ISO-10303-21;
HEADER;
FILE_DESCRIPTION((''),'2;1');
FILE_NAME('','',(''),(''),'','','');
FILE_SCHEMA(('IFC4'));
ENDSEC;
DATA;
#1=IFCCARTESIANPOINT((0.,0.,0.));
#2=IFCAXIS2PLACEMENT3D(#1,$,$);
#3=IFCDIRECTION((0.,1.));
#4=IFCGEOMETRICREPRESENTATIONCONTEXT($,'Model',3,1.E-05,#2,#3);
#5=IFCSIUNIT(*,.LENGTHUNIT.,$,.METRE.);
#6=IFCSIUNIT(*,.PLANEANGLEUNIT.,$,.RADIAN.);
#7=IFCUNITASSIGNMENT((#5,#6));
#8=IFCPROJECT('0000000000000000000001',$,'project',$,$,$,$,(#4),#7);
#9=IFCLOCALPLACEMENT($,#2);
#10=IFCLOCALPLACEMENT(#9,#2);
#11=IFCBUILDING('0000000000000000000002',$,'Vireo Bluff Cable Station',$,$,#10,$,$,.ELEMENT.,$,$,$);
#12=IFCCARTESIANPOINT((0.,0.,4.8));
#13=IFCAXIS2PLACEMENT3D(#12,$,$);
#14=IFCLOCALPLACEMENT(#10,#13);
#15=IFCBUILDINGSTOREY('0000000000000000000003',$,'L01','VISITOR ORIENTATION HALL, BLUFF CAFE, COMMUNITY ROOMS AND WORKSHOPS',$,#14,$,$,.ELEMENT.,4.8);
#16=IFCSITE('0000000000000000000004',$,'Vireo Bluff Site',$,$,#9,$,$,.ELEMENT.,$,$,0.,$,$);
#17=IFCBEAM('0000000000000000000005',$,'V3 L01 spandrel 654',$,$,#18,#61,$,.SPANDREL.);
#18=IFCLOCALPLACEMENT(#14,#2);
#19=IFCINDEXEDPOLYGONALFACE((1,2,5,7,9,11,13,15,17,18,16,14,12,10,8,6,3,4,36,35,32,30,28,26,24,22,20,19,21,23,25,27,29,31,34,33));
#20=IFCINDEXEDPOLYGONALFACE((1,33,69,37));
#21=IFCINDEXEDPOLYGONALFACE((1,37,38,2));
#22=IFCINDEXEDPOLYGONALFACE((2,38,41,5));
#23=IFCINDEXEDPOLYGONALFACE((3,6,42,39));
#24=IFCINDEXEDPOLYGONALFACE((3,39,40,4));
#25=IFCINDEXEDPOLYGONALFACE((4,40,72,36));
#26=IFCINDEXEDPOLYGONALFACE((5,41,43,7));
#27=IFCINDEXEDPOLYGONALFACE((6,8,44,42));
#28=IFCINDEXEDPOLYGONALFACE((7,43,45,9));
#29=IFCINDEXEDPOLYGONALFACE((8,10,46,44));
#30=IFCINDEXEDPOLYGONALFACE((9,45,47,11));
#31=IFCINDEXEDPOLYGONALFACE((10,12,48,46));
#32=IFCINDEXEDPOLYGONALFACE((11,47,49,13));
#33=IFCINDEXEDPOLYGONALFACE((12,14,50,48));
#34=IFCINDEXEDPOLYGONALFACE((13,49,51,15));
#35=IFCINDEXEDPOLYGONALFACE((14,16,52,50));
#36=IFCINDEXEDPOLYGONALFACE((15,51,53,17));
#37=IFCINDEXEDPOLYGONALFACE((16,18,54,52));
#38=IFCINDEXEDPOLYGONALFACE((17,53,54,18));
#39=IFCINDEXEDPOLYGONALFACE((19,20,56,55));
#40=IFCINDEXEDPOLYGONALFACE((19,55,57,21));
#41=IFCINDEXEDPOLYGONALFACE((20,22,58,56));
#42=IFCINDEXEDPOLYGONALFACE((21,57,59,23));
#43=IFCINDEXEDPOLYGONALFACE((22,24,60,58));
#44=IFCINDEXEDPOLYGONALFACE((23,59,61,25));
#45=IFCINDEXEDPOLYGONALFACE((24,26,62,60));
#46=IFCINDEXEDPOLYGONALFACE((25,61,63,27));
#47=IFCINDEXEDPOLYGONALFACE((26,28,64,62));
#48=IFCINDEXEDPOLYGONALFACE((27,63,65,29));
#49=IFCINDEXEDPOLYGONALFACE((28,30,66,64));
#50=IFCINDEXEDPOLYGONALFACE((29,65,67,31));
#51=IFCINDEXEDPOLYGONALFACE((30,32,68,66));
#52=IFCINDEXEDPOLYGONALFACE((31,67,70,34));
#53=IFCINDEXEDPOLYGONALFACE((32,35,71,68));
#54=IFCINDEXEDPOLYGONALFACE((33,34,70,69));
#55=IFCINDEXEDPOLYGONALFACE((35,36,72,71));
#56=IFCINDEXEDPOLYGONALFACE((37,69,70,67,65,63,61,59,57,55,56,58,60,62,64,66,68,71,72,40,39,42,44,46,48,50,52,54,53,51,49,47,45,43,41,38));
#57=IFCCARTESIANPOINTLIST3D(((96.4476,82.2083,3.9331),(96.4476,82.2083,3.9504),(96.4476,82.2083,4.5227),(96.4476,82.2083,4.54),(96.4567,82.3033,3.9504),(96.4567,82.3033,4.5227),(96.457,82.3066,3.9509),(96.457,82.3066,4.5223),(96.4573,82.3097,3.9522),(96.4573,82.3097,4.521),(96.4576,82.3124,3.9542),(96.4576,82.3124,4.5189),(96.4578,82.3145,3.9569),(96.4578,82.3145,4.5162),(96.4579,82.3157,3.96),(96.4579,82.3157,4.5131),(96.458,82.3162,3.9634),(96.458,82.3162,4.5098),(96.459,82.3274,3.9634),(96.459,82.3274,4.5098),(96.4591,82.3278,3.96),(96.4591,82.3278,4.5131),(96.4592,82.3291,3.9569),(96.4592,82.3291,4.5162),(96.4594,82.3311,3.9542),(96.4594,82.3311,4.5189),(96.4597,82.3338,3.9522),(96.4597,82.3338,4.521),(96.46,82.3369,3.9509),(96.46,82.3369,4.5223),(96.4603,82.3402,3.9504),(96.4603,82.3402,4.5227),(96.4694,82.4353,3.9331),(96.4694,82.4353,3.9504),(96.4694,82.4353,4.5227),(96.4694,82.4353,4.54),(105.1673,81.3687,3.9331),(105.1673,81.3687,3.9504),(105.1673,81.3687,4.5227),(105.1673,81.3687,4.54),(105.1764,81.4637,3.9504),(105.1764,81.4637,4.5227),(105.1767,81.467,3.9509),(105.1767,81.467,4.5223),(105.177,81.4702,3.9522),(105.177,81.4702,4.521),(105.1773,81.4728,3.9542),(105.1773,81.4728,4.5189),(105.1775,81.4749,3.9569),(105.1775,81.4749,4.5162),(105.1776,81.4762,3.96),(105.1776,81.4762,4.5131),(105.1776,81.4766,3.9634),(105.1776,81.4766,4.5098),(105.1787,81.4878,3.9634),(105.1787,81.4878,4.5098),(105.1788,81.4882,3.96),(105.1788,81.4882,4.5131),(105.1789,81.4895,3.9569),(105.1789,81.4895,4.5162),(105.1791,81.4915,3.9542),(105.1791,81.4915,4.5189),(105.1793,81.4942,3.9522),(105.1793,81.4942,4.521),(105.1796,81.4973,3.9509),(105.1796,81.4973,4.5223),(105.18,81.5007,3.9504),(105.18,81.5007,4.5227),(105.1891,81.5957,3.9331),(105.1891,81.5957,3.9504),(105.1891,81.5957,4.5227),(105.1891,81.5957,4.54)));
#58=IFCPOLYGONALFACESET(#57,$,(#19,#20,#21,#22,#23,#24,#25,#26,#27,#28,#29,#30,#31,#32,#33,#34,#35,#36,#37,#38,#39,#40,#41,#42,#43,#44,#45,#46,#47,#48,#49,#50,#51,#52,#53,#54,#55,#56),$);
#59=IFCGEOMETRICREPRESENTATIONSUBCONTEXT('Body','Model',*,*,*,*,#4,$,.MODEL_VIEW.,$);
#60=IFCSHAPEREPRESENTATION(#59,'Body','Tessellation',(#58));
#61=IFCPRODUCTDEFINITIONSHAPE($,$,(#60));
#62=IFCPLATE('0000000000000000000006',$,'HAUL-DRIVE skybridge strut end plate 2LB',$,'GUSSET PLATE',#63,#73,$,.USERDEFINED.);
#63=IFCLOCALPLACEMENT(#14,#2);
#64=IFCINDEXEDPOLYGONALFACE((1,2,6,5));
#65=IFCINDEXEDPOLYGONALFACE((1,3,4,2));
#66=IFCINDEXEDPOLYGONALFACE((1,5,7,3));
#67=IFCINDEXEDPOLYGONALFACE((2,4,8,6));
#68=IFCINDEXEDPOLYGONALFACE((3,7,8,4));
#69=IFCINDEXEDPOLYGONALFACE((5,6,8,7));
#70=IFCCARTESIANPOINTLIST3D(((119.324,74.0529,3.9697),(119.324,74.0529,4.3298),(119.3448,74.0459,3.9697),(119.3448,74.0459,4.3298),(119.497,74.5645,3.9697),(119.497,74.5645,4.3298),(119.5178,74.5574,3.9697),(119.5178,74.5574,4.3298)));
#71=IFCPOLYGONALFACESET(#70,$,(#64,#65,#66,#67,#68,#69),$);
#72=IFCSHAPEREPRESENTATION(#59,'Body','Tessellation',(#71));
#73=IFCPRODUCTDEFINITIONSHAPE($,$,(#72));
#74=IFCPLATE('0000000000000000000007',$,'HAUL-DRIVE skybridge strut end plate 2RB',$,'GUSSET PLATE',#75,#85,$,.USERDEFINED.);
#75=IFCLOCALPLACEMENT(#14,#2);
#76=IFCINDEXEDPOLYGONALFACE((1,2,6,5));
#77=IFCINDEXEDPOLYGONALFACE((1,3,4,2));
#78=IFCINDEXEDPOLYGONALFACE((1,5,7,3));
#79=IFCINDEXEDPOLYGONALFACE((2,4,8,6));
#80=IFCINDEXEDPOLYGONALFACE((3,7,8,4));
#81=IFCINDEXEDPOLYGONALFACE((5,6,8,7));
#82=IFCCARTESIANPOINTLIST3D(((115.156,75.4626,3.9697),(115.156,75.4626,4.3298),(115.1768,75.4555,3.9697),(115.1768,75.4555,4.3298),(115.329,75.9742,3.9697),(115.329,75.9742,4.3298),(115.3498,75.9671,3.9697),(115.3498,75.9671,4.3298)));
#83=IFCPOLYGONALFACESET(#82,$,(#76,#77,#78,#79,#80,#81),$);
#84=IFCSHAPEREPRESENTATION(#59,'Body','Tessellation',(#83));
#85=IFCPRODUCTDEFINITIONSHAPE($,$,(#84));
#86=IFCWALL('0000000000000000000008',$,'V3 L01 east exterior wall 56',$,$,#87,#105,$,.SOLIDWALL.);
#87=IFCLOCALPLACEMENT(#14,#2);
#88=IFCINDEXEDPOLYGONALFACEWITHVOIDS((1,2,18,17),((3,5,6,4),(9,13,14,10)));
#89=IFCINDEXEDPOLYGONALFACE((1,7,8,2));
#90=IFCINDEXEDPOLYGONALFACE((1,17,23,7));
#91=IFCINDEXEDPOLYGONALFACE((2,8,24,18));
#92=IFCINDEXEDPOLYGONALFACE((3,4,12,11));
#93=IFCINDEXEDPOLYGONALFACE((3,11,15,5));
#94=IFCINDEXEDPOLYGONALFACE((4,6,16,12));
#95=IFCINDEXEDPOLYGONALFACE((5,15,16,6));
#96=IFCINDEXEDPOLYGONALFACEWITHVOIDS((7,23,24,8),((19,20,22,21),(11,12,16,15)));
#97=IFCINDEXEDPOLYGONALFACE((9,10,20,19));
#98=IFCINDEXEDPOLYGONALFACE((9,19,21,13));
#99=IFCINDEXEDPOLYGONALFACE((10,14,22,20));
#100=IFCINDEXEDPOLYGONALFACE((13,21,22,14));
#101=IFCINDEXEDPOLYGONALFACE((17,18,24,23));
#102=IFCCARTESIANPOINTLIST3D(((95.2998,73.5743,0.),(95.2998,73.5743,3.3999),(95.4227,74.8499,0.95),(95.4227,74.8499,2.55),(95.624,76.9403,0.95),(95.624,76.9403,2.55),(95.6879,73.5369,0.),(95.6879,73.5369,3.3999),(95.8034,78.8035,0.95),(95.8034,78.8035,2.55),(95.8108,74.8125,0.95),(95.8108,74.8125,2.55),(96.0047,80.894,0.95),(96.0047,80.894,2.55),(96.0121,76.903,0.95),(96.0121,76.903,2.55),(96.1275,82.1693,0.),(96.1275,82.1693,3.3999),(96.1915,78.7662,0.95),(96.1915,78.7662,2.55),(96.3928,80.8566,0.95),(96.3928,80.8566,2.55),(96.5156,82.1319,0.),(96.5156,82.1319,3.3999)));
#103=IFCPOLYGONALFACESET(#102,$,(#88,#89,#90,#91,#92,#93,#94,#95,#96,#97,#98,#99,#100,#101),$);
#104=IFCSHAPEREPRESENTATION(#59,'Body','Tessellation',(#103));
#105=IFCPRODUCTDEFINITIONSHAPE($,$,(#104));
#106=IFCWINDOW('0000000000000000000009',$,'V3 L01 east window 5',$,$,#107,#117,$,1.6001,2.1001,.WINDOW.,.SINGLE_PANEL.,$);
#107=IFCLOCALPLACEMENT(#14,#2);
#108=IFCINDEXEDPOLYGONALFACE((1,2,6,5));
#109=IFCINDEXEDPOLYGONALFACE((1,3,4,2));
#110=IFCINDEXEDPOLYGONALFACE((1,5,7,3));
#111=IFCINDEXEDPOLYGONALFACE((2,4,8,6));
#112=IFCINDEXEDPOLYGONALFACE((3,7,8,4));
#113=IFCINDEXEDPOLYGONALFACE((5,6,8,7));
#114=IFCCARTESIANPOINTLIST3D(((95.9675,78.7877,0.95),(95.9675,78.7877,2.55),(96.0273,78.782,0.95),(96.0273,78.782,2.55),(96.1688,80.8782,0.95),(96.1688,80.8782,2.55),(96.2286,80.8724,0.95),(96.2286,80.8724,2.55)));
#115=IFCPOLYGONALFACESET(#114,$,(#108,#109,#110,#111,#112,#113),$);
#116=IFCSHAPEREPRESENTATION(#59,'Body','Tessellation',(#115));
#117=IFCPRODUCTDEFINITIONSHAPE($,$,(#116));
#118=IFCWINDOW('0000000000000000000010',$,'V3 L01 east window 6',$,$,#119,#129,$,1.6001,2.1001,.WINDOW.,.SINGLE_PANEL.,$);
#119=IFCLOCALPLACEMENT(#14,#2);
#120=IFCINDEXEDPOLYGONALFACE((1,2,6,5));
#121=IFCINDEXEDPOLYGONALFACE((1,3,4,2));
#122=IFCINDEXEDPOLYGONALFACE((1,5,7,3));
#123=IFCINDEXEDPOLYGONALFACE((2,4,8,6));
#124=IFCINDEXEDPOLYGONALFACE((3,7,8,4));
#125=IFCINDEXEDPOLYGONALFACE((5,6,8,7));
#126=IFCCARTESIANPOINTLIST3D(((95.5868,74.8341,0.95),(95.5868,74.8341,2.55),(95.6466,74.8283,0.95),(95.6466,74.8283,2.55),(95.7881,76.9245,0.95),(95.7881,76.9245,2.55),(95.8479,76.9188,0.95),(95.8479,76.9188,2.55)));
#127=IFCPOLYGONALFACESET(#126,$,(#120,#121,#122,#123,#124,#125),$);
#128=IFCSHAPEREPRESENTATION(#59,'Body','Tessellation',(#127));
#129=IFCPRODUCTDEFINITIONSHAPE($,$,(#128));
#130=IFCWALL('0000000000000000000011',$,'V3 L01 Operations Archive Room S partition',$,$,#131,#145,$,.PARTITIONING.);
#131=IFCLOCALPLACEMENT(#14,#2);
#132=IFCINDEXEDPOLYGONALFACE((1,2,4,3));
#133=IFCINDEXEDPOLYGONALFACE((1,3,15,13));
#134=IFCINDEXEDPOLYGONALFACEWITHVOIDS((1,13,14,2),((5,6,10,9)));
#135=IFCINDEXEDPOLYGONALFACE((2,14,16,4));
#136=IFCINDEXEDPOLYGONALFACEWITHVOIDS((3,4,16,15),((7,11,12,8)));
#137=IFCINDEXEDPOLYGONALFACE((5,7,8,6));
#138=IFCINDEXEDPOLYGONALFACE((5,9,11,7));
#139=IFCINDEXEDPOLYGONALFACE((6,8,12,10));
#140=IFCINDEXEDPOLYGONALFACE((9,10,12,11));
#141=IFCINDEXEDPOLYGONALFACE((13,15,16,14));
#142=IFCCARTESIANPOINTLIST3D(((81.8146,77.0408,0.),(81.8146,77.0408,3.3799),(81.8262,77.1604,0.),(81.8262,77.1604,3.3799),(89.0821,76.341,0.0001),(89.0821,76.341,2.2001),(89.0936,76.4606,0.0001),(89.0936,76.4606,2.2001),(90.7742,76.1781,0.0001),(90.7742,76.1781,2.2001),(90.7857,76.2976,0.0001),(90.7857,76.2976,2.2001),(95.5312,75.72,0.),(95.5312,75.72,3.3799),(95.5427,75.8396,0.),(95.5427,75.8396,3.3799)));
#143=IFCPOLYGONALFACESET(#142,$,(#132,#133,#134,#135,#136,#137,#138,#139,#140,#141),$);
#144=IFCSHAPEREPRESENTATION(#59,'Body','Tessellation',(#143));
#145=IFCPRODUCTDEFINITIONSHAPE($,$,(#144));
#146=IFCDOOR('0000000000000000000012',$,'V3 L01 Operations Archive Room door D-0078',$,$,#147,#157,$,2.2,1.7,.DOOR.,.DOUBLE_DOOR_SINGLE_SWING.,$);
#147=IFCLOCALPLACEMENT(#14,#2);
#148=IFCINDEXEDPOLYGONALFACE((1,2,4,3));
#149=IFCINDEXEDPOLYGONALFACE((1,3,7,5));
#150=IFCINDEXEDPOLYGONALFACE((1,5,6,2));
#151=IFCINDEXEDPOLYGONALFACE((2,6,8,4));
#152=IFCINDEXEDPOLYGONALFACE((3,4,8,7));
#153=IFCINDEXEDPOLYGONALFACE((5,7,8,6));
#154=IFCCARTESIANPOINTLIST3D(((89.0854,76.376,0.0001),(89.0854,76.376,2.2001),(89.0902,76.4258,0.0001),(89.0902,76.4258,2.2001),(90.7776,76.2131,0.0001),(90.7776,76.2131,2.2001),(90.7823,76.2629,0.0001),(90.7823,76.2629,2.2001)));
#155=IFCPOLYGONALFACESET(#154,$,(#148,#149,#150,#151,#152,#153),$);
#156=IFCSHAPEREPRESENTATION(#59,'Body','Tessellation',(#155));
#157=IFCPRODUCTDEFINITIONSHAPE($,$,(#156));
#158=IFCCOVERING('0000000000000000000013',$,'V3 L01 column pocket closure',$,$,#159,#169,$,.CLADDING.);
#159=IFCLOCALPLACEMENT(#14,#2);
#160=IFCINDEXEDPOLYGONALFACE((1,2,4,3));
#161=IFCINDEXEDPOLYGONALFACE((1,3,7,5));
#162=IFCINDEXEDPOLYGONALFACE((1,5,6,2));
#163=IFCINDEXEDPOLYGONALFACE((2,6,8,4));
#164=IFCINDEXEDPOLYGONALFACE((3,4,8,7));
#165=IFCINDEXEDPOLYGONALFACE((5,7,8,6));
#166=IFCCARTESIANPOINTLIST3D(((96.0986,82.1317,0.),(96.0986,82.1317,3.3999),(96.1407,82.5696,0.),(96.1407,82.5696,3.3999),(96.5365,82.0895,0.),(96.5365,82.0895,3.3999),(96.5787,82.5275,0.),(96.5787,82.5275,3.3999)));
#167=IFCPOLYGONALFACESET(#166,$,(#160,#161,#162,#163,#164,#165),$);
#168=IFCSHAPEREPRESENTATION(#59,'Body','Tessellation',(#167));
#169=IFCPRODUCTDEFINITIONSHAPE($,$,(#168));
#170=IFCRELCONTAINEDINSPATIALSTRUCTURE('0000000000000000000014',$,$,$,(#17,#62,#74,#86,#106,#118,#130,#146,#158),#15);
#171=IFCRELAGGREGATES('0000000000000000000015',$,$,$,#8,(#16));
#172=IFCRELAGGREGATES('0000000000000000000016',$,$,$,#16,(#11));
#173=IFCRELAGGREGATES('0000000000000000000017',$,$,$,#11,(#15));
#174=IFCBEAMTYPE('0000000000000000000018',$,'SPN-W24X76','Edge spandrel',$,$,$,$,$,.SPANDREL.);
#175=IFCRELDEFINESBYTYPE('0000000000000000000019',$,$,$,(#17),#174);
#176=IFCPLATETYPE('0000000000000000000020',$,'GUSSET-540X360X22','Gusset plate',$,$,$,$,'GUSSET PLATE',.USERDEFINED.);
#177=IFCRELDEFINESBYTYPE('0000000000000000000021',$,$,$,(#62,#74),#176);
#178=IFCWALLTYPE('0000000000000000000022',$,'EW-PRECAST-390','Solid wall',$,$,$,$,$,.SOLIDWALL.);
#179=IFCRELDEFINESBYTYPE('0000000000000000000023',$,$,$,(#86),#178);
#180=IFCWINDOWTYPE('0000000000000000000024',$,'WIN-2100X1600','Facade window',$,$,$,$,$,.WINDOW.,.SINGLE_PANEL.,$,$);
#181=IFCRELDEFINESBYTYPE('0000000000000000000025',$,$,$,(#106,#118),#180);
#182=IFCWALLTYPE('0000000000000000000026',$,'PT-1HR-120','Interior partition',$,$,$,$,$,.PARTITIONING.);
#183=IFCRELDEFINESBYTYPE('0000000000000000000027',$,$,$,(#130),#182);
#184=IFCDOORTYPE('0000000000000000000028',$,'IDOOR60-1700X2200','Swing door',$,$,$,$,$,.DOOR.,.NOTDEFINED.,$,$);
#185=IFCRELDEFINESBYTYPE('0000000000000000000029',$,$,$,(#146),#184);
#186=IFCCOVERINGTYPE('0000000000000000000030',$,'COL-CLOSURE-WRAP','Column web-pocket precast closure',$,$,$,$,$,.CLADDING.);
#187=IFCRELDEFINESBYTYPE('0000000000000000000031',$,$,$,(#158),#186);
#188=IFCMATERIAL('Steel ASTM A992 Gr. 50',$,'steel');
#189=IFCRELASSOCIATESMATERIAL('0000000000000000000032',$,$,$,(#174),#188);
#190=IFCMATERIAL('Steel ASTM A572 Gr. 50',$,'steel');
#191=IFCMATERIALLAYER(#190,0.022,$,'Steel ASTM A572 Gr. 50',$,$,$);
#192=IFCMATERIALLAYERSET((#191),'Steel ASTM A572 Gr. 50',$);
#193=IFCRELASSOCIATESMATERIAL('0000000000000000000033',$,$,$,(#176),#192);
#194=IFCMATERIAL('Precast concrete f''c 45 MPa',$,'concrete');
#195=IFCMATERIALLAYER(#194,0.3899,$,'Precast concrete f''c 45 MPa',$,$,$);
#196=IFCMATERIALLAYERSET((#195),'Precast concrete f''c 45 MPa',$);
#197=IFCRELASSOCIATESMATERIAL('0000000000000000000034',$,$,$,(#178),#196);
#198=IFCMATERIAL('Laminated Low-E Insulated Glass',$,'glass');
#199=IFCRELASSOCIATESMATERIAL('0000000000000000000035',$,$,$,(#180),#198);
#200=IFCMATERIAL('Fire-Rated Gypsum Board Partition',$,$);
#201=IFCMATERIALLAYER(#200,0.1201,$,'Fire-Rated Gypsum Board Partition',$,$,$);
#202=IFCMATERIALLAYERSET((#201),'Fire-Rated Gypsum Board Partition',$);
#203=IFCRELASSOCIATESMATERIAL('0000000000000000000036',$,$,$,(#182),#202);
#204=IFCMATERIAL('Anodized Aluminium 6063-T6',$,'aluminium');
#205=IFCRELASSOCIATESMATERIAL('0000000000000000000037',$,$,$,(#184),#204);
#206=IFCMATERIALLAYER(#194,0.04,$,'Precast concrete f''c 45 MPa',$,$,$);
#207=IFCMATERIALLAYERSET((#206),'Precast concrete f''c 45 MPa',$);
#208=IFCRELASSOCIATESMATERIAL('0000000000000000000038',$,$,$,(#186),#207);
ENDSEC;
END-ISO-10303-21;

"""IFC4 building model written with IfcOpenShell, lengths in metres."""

from ifc_helpers import new_model, si_unit, direction, frame, frame_2d, origin, origin_with_axes, origin_2d, place, context, subcontext, project, spatial, rectangle, i_section, extrude, material, layer, layer_set, material_profile, profile_set, type_object, element, fill, save


model = new_model("IFC4")

# Units and contexts
model_context = context("Model", 3, precision=1e-05, world=origin(), true_north=direction((0.0, 1.0)))
body_context = subcontext(model_context, "Body", "Model", "MODEL_VIEW")
ifc_project = project(units=[si_unit("LENGTHUNIT", "METRE"), si_unit("PLANEANGLEUNIT", "RADIAN")], contexts=[model_context])

# Site, building, storey
site_placement = place(None, origin())
site = spatial("IfcSite", under=ifc_project, at=site_placement, Name="Vireo Bluff Site", CompositionType="ELEMENT", RefElevation=0.0)
building_placement = place(site_placement, origin())
building = spatial("IfcBuilding", under=site, at=building_placement, Name="Vireo Bluff Cable Station", CompositionType="ELEMENT")
storey_placement = place(building_placement, frame((0.0, 0.0, 4.8)))
storey = spatial("IfcBuildingStorey", under=building, at=storey_placement, Name="L01", Description="VISITOR ORIENTATION HALL, BLUFF CAFE, COMMUNITY ROOMS AND WORKSHOPS", CompositionType="ELEMENT", Elevation=4.8)

# Shared definitions
ifc_material_1 = material(Name="Steel ASTM A992 Gr. 50", Category="steel")

# Shared definitions
ifc_material_2 = material(Name="Anodized Aluminium 6063-T6", Category="aluminium")

# Beam
ifc_material_profile_1 = material_profile(ifc_material_1, i_section(OverallWidth=0.228, OverallDepth=0.6069, WebThickness=0.0112, FlangeThickness=0.0173, FilletRadius=0.0129, at=origin_2d()), Name="W24X76")
ifc_profile_set_1 = profile_set([ifc_material_profile_1], Name="Steel ASTM A992 Gr. 50")
beam_type_1 = type_object("IfcBeamType", Name="SPN-W24X76", Description="Edge spandrel", PredefinedType="SPANDREL", material=ifc_profile_set_1)
beam_1_placement = place(storey_placement, frame((96.4585, 82.3218, 4.2366), z_axis=(0.995396, -0.095844, 0.0), x_axis=(0.095844, 0.995396, 0.0)))
element("IfcBeam", 1, at=beam_1_placement, inside=storey, type_object=beam_type_1, Name="V3 L01 spandrel 654", PredefinedType="SPANDREL", context=body_context, shape_type="SweptSolid", body=[
    extrude(i_section(OverallWidth=0.228, OverallDepth=0.6069, WebThickness=0.0112, FlangeThickness=0.0173, FilletRadius=0.0129, at=origin_2d()), origin(), (0.0, 0.0, 1.0), 8.76),
])

# Plates
ifc_material_3 = material(Name="Steel ASTM A572 Gr. 50", Category="steel")
ifc_layer_1 = layer(ifc_material_3, 0.022, Name="Steel ASTM A572 Gr. 50")
ifc_layer_set_1 = layer_set([ifc_layer_1], Name="Steel ASTM A572 Gr. 50")
plate_type = type_object("IfcPlateType", Name="GUSSET-540X360X22", Description="Gusset plate", ElementType="GUSSET PLATE", PredefinedType="USERDEFINED", material=ifc_layer_set_1)
for number, where, z_axis, x_axis, name in (
    (2, (119.4209, 74.3052, 3.9697), (0.0, 0.0, 1.0), (0.320352, 0.947299, 0.0), "HAUL-DRIVE skybridge strut end plate 2LB"),
    (3, (115.2529, 75.7148, 3.9697), (0.0, 0.0, 1.0), (0.320352, 0.947299, 0.0), "HAUL-DRIVE skybridge strut end plate 2RB"),
):
    element("IfcPlate", number, at=place(storey_placement, frame(where, z_axis=z_axis, x_axis=x_axis)), inside=storey, type_object=plate_type, Name=name, ObjectType="GUSSET PLATE", PredefinedType="USERDEFINED", context=body_context, shape_type="SweptSolid", body=[
        extrude(rectangle(XDim=0.54, YDim=0.022, at=origin_2d()), origin(), (0.0, 0.0, 1.0), 0.3601),
    ])

# Wall, openings, windows
ifc_material_4 = material(Name="Precast concrete f'c 45 MPa", Category="concrete")
ifc_layer_2 = layer(ifc_material_4, 0.3899, Name="Precast concrete f'c 45 MPa")
ifc_layer_set_2 = layer_set([ifc_layer_2], Name="Precast concrete f'c 45 MPa")
wall_type_1 = type_object("IfcWallType", Name="EW-PRECAST-390", Description="Solid wall", PredefinedType="SOLIDWALL", material=ifc_layer_set_2)
wall_1_placement = place(storey_placement, frame((96.3215, 82.1506, 0.0), z_axis=(0.0, 0.0, 1.0), x_axis=(-0.09585, -0.995396, 0.0)))
wall_1 = element("IfcWall", 4, at=wall_1_placement, inside=storey, type_object=wall_type_1, Name="V3 L01 east exterior wall 56", PredefinedType="SOLIDWALL", context=body_context, shape_type="SweptSolid", body=[
    extrude(rectangle(XDim=8.6348, YDim=0.3899, at=frame_2d((4.3174, 0.0))), origin(), (0.0, 0.0, 1.0), 3.3999),
])
opening_1_placement = place(wall_1_placement, frame((1.2812, 0.0, 0.95)))
opening_1 = element("IfcOpeningElement", 5, at=opening_1_placement, cuts=wall_1, PredefinedType="OPENING", context=body_context, shape_type="SweptSolid", body=[
    extrude(rectangle(XDim=2.1001, YDim=1.6001, at=frame_2d((1.05, 0.8))), frame((0.0, 0.2051, 0.0), z_axis=(0.0, -1.0, 0.0), x_axis=(1.0, 0.0, 0.0)), (0.0, 0.0, 1.0), 0.4099),
])
opening_2_placement = place(wall_1_placement, frame((5.2532, 0.0, 0.95)))
opening_2 = element("IfcOpeningElement", 6, at=opening_2_placement, cuts=wall_1, PredefinedType="OPENING", context=body_context, shape_type="SweptSolid", body=[
    extrude(rectangle(XDim=2.1001, YDim=1.6001, at=frame_2d((1.05, 0.8))), frame((0.0, 0.2051, 0.0), z_axis=(0.0, -1.0, 0.0), x_axis=(1.0, 0.0, 0.0)), (0.0, 0.0, 1.0), 0.4099),
])
ifc_material_5 = material(Name="Laminated Low-E Insulated Glass", Category="glass")
window_type = type_object("IfcWindowType", Name="WIN-2100X1600", Description="Facade window", PartitioningType="SINGLE_PANEL", PredefinedType="WINDOW", material=ifc_material_5)
window_1_placement = place(opening_1_placement, origin_with_axes())
window_1 = element("IfcWindow", 7, at=window_1_placement, inside=storey, type_object=window_type, Name="V3 L01 east window 5", OverallHeight=1.6001, OverallWidth=2.1001, PartitioningType="SINGLE_PANEL", PredefinedType="WINDOW", context=body_context, shape_type="SweptSolid", body=[
    extrude(rectangle(XDim=2.1001, YDim=1.6001, at=frame_2d((1.05, 0.8))), frame((0.0, 0.03, 0.0), z_axis=(0.0, -1.0, 0.0), x_axis=(1.0, 0.0, 0.0)), (0.0, 0.0, 1.0), 0.0601),
])
fill(opening_1, window_1)
window_2_placement = place(opening_2_placement, origin_with_axes())
window_2 = element("IfcWindow", 8, at=window_2_placement, inside=storey, type_object=window_type, Name="V3 L01 east window 6", OverallHeight=1.6001, OverallWidth=2.1001, PartitioningType="SINGLE_PANEL", PredefinedType="WINDOW", context=body_context, shape_type="SweptSolid", body=[
    extrude(rectangle(XDim=2.1001, YDim=1.6001, at=frame_2d((1.05, 0.8))), frame((0.0, 0.03, 0.0), z_axis=(0.0, -1.0, 0.0), x_axis=(1.0, 0.0, 0.0)), (0.0, 0.0, 1.0), 0.0601),
])
fill(opening_2, window_2)

# Wall, opening, door
ifc_material_6 = material(Name="Fire-Rated Gypsum Board Partition")
ifc_layer_3 = layer(ifc_material_6, 0.1201, Name="Fire-Rated Gypsum Board Partition")
ifc_layer_set_3 = layer_set([ifc_layer_3], Name="Fire-Rated Gypsum Board Partition")
wall_type_2 = type_object("IfcWallType", Name="PT-1HR-120", Description="Interior partition", PredefinedType="PARTITIONING", material=ifc_layer_set_3)
wall_2_placement = place(storey_placement, frame((95.5371, 75.7798, 0.0), z_axis=(0.0, 0.0, 1.0), x_axis=(-0.995396, 0.095849, 0.0)))
wall_2 = element("IfcWall", 9, at=wall_2_placement, inside=storey, type_object=wall_type_2, Name="V3 L01 Operations Archive Room S partition", PredefinedType="PARTITIONING", context=body_context, shape_type="SweptSolid", body=[
    extrude(rectangle(XDim=13.78, YDim=0.1201, at=frame_2d((6.8901, 0.0))), origin(), (0.0, 0.0, 1.0), 3.3799),
])
opening_3_placement = place(wall_2_placement, frame((4.7791, 0.0, 0.0)))
opening_3 = element("IfcOpeningElement", 10, at=opening_3_placement, cuts=wall_2, PredefinedType="OPENING", context=body_context, shape_type="SweptSolid", body=[
    extrude(rectangle(XDim=1.7, YDim=2.2, at=frame_2d((0.8501, 1.1001))), frame((0.0, 0.0701, 0.0), z_axis=(0.0, -1.0, 0.0), x_axis=(1.0, 0.0, 0.0)), (0.0, 0.0, 1.0), 0.1401),
])
door_type = type_object("IfcDoorType", Name="IDOOR60-1700X2200", Description="Swing door", OperationType="NOTDEFINED", PredefinedType="DOOR", material=ifc_material_2)
door_placement = place(opening_3_placement, origin_with_axes())
door = element("IfcDoor", 11, at=door_placement, inside=storey, type_object=door_type, Name="V3 L01 Operations Archive Room door D-0078", OperationType="DOUBLE_DOOR_SINGLE_SWING", OverallHeight=2.2, OverallWidth=1.7, PredefinedType="DOOR", context=body_context, shape_type="SweptSolid", body=[
    extrude(rectangle(XDim=1.7, YDim=2.2, at=frame_2d((0.8501, 1.1001))), frame((0.0, 0.0249, 0.0), z_axis=(0.0, -1.0, 0.0), x_axis=(1.0, 0.0, 0.0)), (0.0, 0.0, 1.0), 0.05),
])
fill(opening_3, door)

# Covering
ifc_layer_4 = layer(ifc_material_4, 0.04, Name="Precast concrete f'c 45 MPa")
ifc_layer_set_4 = layer_set([ifc_layer_4], Name="Precast concrete f'c 45 MPa")
covering_type = type_object("IfcCoveringType", Name="COL-CLOSURE-WRAP", Description="Column web-pocket precast closure", PredefinedType="CLADDING", material=ifc_layer_set_4)
for number, where, z_axis, x_axis, name in (
    (12, (96.3386, 82.3296, 0.0), (0.0, 0.0, 1.0), (0.995396, -0.095846, 0.0), "V3 L01 column pocket closure"),
):
    element("IfcCovering", number, at=place(storey_placement, frame(where, z_axis=z_axis, x_axis=x_axis)), inside=storey, type_object=covering_type, Name=name, PredefinedType="CLADDING", context=body_context, shape_type="SweptSolid", body=[
        extrude(rectangle(XDim=0.4399, YDim=0.4399, at=origin_2d()), origin(), (0.0, 0.0, 1.0), 3.3999),
    ])

save(model, "model.ifc")
